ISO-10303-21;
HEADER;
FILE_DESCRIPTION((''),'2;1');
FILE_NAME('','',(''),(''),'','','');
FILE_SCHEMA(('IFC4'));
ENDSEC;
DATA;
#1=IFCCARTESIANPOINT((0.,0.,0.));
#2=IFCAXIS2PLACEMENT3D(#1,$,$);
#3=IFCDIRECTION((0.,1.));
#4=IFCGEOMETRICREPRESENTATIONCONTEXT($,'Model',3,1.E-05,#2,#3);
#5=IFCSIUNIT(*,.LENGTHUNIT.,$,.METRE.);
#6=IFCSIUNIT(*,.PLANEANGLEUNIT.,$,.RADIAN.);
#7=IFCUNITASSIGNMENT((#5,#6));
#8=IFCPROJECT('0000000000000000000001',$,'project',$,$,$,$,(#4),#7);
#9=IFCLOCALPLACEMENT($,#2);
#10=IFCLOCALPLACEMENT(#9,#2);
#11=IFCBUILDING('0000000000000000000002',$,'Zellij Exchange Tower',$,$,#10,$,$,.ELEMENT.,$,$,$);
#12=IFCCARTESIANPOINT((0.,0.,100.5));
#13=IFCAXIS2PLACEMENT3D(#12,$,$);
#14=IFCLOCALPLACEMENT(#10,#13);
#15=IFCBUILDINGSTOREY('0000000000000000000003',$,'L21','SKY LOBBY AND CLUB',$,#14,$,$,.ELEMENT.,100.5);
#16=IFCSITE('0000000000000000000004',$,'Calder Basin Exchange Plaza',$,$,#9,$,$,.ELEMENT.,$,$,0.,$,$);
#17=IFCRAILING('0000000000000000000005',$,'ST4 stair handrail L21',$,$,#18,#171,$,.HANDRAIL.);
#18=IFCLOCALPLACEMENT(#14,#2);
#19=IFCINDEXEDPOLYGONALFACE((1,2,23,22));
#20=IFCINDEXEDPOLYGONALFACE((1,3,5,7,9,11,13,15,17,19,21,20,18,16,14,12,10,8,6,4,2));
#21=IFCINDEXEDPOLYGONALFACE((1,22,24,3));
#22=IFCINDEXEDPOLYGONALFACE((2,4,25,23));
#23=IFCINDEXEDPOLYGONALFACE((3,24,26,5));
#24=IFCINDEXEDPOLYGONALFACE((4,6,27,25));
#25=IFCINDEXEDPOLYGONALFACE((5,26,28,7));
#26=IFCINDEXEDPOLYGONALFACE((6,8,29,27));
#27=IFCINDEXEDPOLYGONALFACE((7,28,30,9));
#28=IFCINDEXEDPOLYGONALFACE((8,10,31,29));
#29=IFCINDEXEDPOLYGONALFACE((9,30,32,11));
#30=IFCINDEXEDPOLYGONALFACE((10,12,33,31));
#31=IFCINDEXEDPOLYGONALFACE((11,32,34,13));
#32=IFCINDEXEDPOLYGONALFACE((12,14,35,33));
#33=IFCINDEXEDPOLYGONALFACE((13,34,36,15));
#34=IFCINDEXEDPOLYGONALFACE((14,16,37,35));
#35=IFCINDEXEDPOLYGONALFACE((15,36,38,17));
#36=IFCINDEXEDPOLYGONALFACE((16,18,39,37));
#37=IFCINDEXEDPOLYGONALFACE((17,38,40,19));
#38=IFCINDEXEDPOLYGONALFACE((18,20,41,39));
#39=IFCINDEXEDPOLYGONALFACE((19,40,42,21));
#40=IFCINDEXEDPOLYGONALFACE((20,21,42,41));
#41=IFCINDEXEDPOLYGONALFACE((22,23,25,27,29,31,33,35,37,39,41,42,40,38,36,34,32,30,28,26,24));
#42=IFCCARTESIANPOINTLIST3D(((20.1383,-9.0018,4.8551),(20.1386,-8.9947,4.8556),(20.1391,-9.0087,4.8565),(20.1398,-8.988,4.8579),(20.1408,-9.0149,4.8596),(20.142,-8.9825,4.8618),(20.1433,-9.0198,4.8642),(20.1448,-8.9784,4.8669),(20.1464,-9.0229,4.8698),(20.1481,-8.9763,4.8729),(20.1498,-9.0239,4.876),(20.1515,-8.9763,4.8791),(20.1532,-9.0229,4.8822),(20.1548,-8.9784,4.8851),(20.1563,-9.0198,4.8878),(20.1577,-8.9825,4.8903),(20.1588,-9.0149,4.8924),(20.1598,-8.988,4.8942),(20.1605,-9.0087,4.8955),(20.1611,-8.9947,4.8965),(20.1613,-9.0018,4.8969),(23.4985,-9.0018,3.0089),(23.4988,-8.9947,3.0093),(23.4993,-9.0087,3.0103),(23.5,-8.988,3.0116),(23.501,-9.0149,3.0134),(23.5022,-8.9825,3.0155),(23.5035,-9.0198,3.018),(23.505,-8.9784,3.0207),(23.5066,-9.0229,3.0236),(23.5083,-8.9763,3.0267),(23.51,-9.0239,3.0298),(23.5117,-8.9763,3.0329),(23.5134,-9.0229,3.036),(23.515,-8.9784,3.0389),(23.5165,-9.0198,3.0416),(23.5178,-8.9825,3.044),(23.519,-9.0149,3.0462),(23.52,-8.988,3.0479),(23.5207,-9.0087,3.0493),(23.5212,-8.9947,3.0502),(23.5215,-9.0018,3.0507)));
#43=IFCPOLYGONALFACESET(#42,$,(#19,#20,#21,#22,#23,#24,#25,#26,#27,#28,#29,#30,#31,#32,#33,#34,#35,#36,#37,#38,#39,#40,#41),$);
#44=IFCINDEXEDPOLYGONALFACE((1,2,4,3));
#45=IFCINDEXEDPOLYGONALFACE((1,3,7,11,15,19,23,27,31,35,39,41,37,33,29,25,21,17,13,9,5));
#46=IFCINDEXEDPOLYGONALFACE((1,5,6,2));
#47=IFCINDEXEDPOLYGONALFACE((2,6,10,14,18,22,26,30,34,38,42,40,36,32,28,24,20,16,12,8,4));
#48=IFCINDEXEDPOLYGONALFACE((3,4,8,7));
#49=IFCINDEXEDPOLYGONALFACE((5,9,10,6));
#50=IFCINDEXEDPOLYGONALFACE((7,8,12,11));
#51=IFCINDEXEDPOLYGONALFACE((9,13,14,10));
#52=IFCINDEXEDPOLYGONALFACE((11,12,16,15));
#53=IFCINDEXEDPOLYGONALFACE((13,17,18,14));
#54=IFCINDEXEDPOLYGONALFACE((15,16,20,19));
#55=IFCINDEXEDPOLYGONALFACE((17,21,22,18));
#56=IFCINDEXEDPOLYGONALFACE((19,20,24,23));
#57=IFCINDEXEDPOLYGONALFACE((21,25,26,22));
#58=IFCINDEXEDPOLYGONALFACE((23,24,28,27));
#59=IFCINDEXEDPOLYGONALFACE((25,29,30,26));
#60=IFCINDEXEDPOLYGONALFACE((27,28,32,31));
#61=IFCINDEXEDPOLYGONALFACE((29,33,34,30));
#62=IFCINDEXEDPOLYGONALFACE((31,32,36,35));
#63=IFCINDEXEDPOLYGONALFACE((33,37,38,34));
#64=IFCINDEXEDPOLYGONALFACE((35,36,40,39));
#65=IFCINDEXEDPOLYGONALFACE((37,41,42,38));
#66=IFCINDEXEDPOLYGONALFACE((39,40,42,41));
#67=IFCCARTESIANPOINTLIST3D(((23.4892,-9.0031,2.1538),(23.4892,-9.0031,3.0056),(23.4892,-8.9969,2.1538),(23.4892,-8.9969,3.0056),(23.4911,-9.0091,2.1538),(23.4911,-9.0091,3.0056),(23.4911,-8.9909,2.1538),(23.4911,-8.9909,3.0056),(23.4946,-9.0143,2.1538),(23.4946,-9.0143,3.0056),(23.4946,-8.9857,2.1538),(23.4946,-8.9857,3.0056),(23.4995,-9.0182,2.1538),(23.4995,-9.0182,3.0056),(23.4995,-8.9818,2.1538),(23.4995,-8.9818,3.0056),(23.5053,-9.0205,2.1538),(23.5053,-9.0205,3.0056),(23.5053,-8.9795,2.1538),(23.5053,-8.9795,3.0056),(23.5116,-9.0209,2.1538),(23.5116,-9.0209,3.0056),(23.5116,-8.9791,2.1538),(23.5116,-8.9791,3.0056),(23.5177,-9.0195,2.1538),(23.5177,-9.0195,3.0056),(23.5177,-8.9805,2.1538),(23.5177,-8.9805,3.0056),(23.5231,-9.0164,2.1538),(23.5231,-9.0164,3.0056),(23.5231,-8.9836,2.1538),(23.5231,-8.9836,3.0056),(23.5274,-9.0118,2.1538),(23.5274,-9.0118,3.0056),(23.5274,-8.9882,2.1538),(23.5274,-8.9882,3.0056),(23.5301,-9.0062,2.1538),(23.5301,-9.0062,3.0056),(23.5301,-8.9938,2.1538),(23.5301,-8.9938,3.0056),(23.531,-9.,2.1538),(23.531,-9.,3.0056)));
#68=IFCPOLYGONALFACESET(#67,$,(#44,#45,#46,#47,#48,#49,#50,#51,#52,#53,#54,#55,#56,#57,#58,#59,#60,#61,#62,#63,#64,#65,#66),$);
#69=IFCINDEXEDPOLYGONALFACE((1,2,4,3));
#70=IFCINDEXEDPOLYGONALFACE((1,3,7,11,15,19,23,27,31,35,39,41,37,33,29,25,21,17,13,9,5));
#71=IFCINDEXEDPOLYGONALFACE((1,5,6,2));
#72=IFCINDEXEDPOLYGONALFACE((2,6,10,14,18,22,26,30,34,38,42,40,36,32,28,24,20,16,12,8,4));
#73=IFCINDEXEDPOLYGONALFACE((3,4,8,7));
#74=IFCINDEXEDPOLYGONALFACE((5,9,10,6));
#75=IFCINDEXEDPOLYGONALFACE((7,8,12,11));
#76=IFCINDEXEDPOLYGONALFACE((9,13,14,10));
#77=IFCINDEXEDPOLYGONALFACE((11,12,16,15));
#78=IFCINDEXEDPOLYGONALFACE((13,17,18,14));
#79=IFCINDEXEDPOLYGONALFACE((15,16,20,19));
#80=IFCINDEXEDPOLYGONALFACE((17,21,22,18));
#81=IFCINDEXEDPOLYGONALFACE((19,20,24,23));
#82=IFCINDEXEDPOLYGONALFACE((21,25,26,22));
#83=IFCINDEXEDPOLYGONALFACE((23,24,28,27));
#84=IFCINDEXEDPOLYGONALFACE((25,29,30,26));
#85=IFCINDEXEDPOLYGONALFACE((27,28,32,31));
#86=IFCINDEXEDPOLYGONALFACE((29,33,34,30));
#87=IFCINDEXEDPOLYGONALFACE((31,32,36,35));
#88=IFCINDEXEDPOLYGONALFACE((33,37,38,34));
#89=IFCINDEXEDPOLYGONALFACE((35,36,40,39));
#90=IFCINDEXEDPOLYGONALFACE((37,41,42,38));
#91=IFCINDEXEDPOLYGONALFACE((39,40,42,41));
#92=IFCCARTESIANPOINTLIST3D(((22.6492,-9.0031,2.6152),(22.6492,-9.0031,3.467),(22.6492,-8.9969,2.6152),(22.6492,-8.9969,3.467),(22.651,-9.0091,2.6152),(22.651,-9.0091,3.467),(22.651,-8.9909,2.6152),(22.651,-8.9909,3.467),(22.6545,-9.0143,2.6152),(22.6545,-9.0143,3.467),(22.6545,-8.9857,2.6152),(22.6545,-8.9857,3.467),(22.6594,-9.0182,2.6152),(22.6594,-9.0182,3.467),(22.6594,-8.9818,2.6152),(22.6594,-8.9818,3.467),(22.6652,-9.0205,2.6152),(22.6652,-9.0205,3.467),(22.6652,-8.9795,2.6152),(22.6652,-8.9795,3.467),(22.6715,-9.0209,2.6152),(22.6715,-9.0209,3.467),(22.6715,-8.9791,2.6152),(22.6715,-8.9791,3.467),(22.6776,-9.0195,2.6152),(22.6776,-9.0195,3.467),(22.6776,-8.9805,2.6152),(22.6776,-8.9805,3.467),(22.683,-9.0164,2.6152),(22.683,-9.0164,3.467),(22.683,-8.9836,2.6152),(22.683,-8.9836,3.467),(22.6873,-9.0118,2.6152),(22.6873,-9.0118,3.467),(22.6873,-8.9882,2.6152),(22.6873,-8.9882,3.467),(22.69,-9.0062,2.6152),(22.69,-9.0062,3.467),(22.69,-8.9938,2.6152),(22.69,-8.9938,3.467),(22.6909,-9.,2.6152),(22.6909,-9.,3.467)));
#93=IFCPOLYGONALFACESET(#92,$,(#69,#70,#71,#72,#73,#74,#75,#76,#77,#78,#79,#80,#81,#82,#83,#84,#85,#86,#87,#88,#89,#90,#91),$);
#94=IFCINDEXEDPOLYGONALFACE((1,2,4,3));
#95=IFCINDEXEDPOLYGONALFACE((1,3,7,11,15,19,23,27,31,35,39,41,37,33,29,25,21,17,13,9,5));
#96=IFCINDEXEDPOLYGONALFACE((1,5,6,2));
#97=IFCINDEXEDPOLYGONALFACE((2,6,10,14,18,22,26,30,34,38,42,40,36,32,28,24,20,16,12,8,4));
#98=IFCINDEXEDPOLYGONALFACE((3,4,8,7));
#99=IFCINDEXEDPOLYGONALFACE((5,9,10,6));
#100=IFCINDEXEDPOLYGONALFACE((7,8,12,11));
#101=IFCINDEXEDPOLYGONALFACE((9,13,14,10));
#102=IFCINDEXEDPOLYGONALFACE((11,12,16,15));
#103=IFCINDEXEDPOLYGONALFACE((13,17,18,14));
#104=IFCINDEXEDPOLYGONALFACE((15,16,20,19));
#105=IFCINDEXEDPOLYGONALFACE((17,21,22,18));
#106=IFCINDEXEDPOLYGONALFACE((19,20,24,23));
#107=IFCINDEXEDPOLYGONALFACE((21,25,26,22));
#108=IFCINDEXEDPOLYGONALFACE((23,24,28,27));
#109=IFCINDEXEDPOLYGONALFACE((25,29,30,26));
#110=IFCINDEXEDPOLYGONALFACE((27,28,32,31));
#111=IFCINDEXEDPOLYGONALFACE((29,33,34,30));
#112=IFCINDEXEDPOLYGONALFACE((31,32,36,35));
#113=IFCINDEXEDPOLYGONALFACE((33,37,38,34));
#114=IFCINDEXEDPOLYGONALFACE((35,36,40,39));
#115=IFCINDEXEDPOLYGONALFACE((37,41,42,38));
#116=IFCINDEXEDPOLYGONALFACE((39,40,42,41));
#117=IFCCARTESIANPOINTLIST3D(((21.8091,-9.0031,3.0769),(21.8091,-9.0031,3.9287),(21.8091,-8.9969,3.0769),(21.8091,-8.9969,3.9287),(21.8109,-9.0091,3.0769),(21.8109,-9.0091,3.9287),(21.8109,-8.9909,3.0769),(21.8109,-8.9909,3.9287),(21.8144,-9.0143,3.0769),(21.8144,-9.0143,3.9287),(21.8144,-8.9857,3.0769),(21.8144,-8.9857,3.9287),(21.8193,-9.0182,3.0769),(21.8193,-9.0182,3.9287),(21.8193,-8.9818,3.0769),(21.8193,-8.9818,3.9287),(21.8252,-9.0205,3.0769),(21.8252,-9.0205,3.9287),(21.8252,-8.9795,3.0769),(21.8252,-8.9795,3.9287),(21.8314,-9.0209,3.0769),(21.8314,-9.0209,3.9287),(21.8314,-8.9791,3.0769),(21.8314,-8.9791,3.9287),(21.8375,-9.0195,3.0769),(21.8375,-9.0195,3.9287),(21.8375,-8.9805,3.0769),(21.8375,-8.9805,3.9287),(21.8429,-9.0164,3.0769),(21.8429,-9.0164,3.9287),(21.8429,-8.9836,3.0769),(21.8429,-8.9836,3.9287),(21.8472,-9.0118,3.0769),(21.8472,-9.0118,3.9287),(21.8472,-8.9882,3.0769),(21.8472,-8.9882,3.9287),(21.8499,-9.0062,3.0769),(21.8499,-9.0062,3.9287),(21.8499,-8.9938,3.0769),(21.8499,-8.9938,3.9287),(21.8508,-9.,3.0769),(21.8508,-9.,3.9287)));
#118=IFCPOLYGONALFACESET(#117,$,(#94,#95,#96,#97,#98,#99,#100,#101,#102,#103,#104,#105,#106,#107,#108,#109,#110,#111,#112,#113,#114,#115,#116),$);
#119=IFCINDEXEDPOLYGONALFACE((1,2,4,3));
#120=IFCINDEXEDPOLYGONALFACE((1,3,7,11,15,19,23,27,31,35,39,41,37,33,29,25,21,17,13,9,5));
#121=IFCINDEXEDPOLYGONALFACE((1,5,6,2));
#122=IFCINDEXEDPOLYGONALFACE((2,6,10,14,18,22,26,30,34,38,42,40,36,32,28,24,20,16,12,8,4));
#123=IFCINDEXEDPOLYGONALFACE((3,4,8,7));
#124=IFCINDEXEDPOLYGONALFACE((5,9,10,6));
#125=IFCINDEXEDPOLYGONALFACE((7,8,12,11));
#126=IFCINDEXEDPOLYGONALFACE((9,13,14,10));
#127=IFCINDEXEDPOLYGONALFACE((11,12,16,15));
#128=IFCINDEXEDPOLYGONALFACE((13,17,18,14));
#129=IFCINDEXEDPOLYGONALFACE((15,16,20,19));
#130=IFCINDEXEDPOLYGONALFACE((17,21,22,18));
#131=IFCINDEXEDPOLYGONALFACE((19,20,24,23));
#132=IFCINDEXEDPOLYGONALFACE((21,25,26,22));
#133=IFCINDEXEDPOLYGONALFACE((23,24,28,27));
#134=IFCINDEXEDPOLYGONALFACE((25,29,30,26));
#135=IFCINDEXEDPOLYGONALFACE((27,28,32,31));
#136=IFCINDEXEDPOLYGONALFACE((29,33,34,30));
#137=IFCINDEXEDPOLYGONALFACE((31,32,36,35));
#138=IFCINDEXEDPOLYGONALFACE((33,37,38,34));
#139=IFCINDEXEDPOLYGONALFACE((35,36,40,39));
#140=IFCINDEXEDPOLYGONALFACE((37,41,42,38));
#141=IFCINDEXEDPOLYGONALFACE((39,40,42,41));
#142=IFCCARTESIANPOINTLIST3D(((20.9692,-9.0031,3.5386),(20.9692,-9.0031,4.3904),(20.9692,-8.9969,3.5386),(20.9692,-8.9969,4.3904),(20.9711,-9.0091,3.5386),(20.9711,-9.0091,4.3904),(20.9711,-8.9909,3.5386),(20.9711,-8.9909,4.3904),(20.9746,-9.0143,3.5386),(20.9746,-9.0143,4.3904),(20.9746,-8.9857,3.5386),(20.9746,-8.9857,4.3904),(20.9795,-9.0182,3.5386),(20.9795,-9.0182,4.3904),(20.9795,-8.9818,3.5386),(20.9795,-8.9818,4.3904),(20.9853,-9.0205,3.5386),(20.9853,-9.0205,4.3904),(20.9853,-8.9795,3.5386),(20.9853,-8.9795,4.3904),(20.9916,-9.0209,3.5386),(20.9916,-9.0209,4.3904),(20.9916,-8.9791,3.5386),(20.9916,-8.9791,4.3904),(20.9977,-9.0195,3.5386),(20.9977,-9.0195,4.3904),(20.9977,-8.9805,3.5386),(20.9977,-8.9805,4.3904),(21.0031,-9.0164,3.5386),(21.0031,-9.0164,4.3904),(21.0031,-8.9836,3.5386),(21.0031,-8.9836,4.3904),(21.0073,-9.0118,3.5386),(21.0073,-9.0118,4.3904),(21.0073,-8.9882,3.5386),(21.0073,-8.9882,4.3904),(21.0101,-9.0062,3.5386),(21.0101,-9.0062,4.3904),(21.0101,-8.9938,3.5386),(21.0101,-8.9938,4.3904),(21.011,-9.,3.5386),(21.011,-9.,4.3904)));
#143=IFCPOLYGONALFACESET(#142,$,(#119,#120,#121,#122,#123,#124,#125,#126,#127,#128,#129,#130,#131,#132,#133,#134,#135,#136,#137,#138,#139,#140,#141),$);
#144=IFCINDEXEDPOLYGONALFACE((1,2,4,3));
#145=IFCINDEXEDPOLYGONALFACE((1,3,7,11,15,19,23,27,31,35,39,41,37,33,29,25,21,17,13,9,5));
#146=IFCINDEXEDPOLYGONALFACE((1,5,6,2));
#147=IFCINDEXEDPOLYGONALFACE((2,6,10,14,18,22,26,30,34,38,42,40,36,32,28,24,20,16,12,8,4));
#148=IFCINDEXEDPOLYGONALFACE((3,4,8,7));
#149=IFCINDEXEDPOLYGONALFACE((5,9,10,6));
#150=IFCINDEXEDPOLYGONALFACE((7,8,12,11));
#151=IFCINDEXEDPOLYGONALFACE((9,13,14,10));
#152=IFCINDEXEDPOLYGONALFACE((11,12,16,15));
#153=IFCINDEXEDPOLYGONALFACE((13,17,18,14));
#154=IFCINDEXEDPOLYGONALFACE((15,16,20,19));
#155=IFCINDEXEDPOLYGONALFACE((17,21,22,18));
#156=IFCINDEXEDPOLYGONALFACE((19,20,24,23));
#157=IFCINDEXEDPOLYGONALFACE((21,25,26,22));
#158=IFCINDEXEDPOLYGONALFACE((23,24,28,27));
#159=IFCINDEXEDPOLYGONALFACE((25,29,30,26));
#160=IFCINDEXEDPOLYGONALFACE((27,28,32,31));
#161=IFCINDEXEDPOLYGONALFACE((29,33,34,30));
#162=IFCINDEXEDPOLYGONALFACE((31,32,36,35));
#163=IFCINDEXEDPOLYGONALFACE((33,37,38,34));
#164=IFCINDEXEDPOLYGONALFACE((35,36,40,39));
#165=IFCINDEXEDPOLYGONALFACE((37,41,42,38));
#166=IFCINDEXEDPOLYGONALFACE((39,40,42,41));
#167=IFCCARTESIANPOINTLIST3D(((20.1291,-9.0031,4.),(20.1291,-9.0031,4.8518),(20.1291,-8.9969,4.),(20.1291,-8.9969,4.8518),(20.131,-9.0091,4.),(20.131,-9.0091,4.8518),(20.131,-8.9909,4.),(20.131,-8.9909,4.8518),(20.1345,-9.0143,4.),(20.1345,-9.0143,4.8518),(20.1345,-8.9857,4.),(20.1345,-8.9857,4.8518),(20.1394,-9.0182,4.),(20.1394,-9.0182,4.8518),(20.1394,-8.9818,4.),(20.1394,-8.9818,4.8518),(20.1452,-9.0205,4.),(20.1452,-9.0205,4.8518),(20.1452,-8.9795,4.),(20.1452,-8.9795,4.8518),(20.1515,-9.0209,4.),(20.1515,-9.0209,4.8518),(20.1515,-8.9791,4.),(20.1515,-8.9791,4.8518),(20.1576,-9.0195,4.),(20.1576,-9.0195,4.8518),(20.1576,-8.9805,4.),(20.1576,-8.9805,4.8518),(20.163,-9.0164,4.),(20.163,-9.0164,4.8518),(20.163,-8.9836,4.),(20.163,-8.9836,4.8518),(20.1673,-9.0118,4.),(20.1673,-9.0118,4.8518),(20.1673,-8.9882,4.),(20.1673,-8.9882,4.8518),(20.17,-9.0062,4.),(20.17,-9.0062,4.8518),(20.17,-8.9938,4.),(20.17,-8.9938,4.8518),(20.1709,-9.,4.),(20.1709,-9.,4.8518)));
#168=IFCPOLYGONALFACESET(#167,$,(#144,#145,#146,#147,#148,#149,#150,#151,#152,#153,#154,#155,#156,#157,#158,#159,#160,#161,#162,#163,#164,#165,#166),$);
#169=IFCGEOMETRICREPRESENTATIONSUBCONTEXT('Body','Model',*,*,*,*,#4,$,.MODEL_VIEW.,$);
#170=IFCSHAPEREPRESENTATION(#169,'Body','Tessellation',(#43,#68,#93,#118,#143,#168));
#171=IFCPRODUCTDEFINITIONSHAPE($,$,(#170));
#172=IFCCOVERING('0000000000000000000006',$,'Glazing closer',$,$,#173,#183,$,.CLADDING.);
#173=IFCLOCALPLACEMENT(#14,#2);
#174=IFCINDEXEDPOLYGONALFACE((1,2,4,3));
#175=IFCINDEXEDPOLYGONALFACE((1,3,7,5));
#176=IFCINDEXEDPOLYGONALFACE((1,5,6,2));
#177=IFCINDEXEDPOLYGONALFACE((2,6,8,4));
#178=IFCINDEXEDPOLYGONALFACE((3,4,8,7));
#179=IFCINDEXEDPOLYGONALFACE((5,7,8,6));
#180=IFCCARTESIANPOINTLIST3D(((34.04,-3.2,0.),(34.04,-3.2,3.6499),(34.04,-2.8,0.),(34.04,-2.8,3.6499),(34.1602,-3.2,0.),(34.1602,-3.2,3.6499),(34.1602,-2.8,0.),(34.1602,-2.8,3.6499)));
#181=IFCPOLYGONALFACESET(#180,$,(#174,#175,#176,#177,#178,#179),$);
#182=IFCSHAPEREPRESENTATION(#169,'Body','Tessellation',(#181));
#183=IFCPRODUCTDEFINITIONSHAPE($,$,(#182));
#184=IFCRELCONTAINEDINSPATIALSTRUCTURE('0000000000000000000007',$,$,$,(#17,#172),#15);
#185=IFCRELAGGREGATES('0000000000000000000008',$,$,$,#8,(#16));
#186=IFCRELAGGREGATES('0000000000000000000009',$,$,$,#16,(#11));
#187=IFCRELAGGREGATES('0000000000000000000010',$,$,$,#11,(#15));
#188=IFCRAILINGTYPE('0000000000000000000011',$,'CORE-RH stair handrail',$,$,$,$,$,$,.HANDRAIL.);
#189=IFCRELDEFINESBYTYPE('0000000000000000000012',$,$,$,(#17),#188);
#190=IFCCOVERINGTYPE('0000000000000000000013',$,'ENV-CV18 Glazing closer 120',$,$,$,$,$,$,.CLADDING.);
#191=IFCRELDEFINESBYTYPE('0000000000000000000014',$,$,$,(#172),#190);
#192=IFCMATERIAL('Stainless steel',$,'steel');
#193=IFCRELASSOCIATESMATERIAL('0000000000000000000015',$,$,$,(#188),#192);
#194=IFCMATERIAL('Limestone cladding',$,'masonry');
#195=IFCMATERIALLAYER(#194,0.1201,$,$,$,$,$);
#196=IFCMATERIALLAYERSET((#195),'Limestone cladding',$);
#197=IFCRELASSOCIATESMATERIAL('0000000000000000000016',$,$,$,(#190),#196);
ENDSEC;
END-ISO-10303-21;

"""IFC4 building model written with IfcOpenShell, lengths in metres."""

from ifc_helpers import new_model, si_unit, direction, frame, origin, origin_2d, place, context, subcontext, project, spatial, rectangle, circle, extrude, material, layer, layer_set, type_object, element, save


model = new_model("IFC4")

# Units and contexts
model_context = context("Model", 3, precision=1e-05, world=origin(), true_north=direction((0.0, 1.0)))
body_context = subcontext(model_context, "Body", "Model", "MODEL_VIEW")
ifc_project = project(units=[si_unit("LENGTHUNIT", "METRE"), si_unit("PLANEANGLEUNIT", "RADIAN")], contexts=[model_context])

# Site, building, storey
site_placement = place(None, origin())
site = spatial("IfcSite", under=ifc_project, at=site_placement, Name="Calder Basin Exchange Plaza", CompositionType="ELEMENT", RefElevation=0.0)
building_placement = place(site_placement, origin())
building = spatial("IfcBuilding", under=site, at=building_placement, Name="Zellij Exchange Tower", CompositionType="ELEMENT")
storey_placement = place(building_placement, frame((0.0, 0.0, 100.5)))
storey = spatial("IfcBuildingStorey", under=building, at=storey_placement, Name="L21", Description="SKY LOBBY AND CLUB", CompositionType="ELEMENT", Elevation=100.5)

# Railing
ifc_material_1 = material(Name="Stainless steel", Category="steel")
railing_type = type_object("IfcRailingType", Name="CORE-RH stair handrail", PredefinedType="HANDRAIL", material=ifc_material_1)
railing_placement = place(storey_placement, frame((23.51, -9.0, 2.1538)))
element("IfcRailing", 1, at=railing_placement, inside=storey, type_object=railing_type, Name="ST4 stair handrail L21", PredefinedType="HANDRAIL", context=body_context, shape_type="SweptSolid", body=[
    extrude(circle(Radius=0.0239, at=origin_2d()), frame((0.0, 0.0, 0.876), z_axis=(-0.876422, 0.0, 0.481545), x_axis=(0.0, -1.0, 0.0)), (0.0, 0.0, 1.0), 3.834),
    extrude(circle(Radius=0.021, at=origin_2d()), origin(), (0.0, 0.0, 1.0), 0.8518),
    extrude(circle(Radius=0.021, at=origin_2d()), frame((-0.8401, 0.0, 0.4614)), (0.0, 0.0, 1.0), 0.8518),
    extrude(circle(Radius=0.021, at=origin_2d()), frame((-1.6802, 0.0, 0.9231)), (0.0, 0.0, 1.0), 0.8518),
    extrude(circle(Radius=0.021, at=origin_2d()), frame((-2.52, 0.0, 1.3848)), (0.0, 0.0, 1.0), 0.8518),
    extrude(circle(Radius=0.021, at=origin_2d()), frame((-3.3601, 0.0, 1.8462)), (0.0, 0.0, 1.0), 0.8518),
])

# Covering
ifc_material_2 = material(Name="Limestone cladding", Category="masonry")
ifc_layer_1 = layer(ifc_material_2, 0.1201)
ifc_layer_set_1 = layer_set([ifc_layer_1], Name="Limestone cladding")
covering_type = type_object("IfcCoveringType", Name="ENV-CV18 Glazing closer 120", PredefinedType="CLADDING", material=ifc_layer_set_1)
covering_placement = place(storey_placement, frame((34.1001, -3.0, 0.0), z_axis=(0.0, 0.0, 1.0), x_axis=(0.0, 1.0, 0.0)))
element("IfcCovering", 2, at=covering_placement, inside=storey, type_object=covering_type, Name="Glazing closer", PredefinedType="CLADDING", context=body_context, shape_type="SweptSolid", body=[
    extrude(rectangle(XDim=0.3999, YDim=0.1201, at=origin_2d()), origin(), (0.0, 0.0, 1.0), 3.6499),
])

save(model, "model.ifc")
